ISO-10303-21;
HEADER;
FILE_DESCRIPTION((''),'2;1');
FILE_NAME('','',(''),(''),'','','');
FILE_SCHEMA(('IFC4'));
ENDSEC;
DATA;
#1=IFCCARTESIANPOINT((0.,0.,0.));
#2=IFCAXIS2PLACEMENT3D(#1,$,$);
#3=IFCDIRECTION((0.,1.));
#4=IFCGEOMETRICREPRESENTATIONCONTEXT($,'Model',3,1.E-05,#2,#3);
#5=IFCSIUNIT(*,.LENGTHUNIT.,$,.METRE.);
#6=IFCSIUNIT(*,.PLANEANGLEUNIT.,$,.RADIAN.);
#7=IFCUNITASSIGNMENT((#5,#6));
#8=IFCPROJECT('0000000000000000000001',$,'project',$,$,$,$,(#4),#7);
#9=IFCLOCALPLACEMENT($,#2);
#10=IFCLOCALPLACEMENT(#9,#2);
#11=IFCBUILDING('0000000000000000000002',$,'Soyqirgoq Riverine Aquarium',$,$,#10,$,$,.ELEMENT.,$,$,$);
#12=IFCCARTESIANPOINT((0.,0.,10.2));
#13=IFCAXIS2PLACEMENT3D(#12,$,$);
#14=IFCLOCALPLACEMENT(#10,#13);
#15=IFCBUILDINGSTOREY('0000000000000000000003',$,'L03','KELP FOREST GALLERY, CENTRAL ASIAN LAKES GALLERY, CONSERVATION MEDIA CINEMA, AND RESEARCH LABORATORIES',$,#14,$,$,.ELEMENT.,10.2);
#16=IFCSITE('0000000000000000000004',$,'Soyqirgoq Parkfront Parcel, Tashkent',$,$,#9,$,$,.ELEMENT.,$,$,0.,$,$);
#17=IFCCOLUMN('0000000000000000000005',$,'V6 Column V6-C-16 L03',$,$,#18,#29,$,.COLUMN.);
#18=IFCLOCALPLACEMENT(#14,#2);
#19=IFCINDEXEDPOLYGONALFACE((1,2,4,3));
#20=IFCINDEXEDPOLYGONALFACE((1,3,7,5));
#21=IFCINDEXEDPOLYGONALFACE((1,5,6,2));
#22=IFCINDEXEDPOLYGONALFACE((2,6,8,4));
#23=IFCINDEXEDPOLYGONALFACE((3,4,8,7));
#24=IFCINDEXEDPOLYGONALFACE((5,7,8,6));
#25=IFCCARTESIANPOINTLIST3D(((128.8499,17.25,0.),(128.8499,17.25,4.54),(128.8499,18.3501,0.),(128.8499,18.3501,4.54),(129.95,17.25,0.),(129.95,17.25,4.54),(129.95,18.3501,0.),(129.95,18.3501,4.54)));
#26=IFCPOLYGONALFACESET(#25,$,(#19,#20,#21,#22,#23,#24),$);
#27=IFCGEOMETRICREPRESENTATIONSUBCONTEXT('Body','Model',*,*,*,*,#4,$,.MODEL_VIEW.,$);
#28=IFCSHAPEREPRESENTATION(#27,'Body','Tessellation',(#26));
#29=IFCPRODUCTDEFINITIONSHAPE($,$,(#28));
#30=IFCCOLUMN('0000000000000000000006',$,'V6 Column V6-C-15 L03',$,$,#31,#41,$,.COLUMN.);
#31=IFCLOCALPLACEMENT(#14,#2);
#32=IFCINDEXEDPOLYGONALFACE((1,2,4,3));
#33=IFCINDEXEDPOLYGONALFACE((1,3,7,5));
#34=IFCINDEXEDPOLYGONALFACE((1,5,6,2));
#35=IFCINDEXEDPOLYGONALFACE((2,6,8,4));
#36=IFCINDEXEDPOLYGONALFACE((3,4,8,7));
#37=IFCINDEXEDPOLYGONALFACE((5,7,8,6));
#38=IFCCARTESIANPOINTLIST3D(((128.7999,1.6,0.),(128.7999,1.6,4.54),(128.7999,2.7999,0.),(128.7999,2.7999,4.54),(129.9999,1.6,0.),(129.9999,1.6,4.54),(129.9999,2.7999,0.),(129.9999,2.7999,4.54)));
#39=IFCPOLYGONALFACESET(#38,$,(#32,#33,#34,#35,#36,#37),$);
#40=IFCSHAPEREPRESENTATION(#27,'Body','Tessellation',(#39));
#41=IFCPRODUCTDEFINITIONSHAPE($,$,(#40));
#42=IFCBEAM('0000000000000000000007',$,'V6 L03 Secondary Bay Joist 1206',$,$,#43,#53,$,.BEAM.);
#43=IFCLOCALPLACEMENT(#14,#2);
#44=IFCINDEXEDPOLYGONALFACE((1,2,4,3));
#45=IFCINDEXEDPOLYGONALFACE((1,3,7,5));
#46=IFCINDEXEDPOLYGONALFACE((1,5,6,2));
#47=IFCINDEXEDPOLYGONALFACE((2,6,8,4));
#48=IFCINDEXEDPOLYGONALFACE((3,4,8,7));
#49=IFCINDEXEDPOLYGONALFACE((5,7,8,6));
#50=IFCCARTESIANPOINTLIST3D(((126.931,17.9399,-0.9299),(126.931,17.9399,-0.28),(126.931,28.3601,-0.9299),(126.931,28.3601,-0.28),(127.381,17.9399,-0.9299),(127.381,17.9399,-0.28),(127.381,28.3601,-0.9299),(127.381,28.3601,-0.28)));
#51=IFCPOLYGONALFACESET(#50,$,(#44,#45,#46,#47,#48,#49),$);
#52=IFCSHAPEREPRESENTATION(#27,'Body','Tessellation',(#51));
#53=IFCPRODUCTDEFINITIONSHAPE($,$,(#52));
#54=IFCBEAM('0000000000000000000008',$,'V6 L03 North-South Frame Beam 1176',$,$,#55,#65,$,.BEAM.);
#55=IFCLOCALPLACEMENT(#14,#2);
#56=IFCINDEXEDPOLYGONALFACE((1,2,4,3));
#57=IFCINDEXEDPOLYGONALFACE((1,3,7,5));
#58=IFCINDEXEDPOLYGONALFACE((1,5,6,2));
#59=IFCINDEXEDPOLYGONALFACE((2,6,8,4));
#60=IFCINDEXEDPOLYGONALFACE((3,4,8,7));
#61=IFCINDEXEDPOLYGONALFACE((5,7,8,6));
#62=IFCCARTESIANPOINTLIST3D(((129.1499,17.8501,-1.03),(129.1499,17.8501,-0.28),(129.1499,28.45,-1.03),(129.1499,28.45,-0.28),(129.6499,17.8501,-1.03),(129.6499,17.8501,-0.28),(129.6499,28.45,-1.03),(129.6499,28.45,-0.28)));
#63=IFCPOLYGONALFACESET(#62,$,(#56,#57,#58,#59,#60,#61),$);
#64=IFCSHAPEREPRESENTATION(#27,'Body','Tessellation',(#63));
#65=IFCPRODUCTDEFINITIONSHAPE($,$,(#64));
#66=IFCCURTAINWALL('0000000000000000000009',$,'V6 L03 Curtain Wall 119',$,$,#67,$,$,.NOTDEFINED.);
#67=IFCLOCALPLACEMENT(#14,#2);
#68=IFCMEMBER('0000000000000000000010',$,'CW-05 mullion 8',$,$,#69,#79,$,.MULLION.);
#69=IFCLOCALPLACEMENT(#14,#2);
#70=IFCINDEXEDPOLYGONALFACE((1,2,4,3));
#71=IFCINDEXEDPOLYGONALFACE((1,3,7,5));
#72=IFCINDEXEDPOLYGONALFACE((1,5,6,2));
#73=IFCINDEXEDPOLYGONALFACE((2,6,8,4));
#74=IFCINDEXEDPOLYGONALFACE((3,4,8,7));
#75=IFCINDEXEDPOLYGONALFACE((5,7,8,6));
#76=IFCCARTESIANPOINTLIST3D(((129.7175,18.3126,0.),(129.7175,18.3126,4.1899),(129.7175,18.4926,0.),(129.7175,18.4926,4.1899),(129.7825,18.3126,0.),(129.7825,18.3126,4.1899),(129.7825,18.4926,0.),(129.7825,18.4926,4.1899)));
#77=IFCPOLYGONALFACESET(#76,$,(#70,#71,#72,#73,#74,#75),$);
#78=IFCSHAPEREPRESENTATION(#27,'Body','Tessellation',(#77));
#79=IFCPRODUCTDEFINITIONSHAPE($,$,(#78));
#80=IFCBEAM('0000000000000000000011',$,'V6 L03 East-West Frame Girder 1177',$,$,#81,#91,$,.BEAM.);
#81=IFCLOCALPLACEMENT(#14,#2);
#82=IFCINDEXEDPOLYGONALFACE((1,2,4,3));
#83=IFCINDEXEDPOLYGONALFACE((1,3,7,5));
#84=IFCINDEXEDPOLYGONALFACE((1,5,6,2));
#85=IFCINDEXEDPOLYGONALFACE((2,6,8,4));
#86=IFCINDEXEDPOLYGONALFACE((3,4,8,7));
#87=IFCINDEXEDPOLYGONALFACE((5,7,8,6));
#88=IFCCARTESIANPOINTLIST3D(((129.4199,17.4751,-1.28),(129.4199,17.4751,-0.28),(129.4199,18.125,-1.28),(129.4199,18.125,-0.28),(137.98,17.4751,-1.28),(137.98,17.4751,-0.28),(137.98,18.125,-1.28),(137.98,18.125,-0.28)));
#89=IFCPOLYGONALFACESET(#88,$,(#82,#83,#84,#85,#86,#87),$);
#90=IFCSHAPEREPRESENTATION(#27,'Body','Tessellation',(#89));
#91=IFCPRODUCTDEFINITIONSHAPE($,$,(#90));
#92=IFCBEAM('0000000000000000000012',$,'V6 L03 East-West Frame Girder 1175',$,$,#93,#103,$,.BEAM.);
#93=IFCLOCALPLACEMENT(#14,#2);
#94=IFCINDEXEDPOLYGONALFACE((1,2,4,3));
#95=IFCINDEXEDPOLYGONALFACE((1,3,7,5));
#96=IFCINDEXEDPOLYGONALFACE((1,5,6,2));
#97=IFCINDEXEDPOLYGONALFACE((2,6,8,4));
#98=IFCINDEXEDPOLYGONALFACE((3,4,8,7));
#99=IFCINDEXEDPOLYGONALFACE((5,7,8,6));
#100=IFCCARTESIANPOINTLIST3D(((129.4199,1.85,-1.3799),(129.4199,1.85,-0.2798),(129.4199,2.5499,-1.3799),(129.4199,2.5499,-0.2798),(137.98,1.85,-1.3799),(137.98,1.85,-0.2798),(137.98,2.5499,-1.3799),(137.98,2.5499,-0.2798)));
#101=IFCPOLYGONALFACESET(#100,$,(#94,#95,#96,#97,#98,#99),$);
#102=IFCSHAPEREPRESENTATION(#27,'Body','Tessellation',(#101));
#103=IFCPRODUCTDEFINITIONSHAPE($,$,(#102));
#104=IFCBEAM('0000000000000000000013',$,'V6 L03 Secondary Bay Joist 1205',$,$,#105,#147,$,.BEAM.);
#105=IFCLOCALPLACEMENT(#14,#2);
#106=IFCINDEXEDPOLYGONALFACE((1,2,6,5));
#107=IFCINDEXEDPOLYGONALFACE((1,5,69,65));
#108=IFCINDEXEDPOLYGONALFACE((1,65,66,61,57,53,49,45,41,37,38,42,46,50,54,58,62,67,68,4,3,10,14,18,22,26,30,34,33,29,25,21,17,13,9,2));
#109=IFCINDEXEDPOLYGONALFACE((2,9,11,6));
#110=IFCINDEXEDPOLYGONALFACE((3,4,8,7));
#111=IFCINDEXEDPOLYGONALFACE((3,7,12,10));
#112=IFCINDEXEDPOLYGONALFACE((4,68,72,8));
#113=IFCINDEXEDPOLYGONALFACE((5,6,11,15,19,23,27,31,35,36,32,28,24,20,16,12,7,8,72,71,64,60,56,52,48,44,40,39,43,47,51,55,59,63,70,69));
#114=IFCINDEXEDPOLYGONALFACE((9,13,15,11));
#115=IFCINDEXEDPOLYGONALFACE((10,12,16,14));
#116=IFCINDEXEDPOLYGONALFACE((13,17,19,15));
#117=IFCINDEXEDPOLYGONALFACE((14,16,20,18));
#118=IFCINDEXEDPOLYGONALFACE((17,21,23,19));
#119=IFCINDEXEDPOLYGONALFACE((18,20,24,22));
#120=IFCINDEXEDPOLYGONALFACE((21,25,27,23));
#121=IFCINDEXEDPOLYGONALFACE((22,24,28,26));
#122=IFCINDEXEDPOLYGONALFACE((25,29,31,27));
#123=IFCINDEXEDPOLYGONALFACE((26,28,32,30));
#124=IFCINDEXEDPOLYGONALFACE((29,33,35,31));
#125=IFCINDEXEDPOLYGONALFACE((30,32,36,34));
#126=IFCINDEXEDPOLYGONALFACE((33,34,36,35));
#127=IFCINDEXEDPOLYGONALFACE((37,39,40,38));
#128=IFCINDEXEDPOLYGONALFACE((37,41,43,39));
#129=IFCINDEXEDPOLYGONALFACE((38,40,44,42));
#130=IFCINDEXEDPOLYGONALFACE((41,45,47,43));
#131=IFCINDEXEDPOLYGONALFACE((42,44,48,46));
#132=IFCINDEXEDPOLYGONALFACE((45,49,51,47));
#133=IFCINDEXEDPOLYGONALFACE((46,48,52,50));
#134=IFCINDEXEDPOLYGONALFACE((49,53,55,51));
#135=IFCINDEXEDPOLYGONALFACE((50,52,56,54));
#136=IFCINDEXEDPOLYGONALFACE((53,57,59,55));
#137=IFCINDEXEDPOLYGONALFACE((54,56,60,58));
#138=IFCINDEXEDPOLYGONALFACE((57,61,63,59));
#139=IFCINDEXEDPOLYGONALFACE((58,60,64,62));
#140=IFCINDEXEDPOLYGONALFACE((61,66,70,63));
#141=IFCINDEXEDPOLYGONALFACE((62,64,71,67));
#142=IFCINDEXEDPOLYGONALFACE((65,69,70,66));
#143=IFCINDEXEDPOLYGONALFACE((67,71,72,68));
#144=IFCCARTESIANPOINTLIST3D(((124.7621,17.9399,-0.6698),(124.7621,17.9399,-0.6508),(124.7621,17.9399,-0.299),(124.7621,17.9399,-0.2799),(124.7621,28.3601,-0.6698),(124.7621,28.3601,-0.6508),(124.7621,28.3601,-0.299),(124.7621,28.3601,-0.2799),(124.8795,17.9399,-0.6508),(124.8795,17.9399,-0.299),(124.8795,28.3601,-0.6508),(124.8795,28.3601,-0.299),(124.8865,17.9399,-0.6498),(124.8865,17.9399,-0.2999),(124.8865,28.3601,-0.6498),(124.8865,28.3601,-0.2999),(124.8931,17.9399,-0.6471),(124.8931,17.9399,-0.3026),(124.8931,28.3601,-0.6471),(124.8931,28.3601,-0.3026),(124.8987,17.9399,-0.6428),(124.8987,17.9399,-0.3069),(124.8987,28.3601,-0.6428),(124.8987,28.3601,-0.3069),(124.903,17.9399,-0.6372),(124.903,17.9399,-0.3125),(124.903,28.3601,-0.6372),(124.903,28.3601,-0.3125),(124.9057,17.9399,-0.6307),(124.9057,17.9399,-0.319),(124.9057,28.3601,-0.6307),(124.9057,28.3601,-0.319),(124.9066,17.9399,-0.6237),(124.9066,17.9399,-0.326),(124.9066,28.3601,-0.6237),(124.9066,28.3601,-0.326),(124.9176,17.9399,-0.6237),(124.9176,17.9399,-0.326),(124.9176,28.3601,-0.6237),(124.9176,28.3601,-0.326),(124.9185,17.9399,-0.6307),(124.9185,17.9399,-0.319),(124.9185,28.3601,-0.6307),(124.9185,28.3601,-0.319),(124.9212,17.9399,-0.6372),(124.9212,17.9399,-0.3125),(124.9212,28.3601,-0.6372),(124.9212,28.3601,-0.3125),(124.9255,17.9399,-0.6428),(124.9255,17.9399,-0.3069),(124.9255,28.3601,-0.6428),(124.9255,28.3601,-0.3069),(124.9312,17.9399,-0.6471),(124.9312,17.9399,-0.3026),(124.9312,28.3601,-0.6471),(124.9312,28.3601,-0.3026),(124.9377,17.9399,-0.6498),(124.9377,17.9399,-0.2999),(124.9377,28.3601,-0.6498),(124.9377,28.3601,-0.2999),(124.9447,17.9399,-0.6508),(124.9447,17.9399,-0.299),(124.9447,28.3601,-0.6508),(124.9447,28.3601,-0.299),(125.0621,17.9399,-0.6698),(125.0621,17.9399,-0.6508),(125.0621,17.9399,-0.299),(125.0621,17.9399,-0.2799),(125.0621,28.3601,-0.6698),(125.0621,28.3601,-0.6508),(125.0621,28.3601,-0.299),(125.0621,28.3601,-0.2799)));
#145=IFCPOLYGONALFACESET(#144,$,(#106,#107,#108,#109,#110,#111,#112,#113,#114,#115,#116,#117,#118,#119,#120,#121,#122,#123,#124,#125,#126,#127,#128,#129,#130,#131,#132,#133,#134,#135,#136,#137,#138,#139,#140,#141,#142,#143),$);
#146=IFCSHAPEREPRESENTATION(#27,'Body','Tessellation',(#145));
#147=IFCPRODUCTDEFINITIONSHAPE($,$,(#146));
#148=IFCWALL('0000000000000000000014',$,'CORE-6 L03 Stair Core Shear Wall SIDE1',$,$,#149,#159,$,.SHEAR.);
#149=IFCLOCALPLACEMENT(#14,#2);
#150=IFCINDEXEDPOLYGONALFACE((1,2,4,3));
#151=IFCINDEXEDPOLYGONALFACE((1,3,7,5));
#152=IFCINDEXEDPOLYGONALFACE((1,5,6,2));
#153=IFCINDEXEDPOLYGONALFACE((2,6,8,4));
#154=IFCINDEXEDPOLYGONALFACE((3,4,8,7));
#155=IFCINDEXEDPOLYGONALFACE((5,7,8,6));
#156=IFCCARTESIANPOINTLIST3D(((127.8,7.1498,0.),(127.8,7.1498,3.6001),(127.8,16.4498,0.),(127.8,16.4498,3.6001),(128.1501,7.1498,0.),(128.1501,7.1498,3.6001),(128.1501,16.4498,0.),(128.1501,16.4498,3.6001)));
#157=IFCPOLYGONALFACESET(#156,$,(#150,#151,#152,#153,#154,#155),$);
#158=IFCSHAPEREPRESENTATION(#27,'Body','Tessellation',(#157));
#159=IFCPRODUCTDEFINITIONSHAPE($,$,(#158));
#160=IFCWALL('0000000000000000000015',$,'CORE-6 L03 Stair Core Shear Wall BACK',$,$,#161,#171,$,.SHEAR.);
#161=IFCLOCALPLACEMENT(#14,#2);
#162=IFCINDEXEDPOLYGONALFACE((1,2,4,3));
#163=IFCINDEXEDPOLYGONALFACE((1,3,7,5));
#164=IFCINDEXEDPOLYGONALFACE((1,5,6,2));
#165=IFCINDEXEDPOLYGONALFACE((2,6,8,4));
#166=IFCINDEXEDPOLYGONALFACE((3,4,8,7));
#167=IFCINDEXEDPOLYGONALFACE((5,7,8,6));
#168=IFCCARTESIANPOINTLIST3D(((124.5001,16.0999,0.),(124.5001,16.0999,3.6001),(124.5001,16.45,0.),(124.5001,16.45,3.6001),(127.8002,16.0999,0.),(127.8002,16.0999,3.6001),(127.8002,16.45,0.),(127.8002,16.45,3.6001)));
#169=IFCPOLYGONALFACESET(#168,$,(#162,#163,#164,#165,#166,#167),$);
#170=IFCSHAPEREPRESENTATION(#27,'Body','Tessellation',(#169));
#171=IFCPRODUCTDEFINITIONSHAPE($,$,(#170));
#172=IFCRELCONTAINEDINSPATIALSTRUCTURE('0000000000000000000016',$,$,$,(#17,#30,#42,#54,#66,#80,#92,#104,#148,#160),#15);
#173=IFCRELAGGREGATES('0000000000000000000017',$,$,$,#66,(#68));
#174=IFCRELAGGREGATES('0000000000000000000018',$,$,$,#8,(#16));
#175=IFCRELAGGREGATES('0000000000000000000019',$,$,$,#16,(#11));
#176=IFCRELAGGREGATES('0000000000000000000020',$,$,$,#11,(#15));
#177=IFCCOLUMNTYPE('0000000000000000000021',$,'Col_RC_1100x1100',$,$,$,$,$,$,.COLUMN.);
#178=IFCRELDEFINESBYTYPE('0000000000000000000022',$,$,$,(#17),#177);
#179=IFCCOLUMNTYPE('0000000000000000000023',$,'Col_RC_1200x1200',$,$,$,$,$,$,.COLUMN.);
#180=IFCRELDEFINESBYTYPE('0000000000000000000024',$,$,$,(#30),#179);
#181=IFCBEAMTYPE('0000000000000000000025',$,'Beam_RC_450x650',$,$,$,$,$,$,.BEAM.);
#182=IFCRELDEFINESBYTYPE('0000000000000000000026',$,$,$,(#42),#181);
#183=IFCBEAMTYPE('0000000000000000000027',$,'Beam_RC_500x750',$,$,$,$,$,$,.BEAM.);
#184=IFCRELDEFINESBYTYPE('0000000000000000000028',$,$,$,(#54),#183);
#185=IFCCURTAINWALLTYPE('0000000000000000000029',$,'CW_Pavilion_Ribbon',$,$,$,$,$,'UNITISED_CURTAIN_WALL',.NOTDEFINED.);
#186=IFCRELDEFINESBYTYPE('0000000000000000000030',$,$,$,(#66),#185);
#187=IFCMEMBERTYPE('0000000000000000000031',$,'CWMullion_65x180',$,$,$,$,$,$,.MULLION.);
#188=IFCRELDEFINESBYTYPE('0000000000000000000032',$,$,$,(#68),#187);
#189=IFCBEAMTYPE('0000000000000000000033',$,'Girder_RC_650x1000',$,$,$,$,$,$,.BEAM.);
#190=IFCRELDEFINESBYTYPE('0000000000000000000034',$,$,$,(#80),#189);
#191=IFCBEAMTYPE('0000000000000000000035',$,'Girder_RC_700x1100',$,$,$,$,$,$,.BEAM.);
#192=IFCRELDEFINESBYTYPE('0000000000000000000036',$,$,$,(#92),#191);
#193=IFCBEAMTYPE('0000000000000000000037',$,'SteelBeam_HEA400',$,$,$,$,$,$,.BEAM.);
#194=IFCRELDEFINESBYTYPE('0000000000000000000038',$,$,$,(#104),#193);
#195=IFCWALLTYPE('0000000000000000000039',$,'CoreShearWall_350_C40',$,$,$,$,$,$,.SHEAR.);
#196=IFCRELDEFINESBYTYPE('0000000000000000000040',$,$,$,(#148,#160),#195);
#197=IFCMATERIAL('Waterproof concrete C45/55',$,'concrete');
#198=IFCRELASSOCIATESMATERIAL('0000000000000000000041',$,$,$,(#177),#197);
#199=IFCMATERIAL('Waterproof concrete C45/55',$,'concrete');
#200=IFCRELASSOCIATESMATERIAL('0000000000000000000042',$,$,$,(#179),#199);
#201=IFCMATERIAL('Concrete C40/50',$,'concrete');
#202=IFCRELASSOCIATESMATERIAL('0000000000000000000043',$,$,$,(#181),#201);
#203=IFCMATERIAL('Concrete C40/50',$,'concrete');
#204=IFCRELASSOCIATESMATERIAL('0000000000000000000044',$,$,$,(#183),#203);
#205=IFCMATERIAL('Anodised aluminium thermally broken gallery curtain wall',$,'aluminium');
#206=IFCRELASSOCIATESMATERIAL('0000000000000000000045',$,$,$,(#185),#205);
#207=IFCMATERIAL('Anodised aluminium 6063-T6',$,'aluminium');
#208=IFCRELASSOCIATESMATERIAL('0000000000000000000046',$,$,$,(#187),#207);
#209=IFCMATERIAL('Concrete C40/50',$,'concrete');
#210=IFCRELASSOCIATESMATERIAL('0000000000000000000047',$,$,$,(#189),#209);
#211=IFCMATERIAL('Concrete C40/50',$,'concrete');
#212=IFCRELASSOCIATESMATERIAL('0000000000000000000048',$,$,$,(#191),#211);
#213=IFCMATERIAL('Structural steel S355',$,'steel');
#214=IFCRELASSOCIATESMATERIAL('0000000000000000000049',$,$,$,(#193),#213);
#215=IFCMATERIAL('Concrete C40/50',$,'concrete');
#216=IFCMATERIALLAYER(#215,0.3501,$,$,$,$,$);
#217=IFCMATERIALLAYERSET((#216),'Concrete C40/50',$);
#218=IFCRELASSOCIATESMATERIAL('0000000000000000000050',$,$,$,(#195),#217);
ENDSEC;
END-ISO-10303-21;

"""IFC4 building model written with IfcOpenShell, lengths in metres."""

from ifc_helpers import new_model, si_unit, direction, frame, frame_2d, origin, origin_2d, place, context, subcontext, project, spatial, rectangle, i_section, extrude, material, layer, layer_set, material_profile, profile_set, type_object, element, aggregate, save


model = new_model("IFC4")

# Units and contexts
model_context = context("Model", 3, precision=1e-05, world=origin(), true_north=direction((0.0, 1.0)))
body_context = subcontext(model_context, "Body", "Model", "MODEL_VIEW")
ifc_project = project(units=[si_unit("LENGTHUNIT", "METRE"), si_unit("PLANEANGLEUNIT", "RADIAN")], contexts=[model_context])

# Site, building, storey
site_placement = place(None, origin())
site = spatial("IfcSite", under=ifc_project, at=site_placement, Name="Soyqirgoq Parkfront Parcel, Tashkent", CompositionType="ELEMENT", RefElevation=0.0)
building_placement = place(site_placement, origin())
building = spatial("IfcBuilding", under=site, at=building_placement, Name="Soyqirgoq Riverine Aquarium", CompositionType="ELEMENT")
storey_placement = place(building_placement, frame((0.0, 0.0, 10.2)))
storey = spatial("IfcBuildingStorey", under=building, at=storey_placement, Name="L03", Description="KELP FOREST GALLERY, CENTRAL ASIAN LAKES GALLERY, CONSERVATION MEDIA CINEMA, AND RESEARCH LABORATORIES", CompositionType="ELEMENT", Elevation=10.2)

# Columns
ifc_material_1 = material(Name="Waterproof concrete C45/55", Category="concrete")
ifc_material_profile_1 = material_profile(ifc_material_1, rectangle(XDim=1.1001, YDim=1.1001, at=origin_2d()), Name="RC 1100x1100")
ifc_profile_set_1 = profile_set([ifc_material_profile_1], Name="Waterproof concrete C45/55")
column_type_1 = type_object("IfcColumnType", Name="Col_RC_1100x1100", PredefinedType="COLUMN", material=ifc_profile_set_1)
column_1_placement = place(storey_placement, frame((129.3999, 17.8, 0.0), z_axis=(0.0, 0.0, 1.0), x_axis=(1.0, 0.0, 0.0)))
element("IfcColumn", 1, at=column_1_placement, inside=storey, type_object=column_type_1, Name="V6 Column V6-C-16 L03", PredefinedType="COLUMN", context=body_context, shape_type="SweptSolid", body=[
    extrude(rectangle(XDim=1.1001, YDim=1.1001, at=origin_2d()), origin(), (0.0, 0.0, 1.0), 4.54),
])
ifc_material_2 = material(Name="Waterproof concrete C45/55", Category="concrete")
ifc_material_profile_2 = material_profile(ifc_material_2, rectangle(XDim=1.2, YDim=1.2, at=origin_2d()), Name="RC 1200x1200")
ifc_profile_set_2 = profile_set([ifc_material_profile_2], Name="Waterproof concrete C45/55")
column_type_2 = type_object("IfcColumnType", Name="Col_RC_1200x1200", PredefinedType="COLUMN", material=ifc_profile_set_2)
column_2_placement = place(storey_placement, frame((129.3999, 2.2, 0.0), z_axis=(0.0, 0.0, 1.0), x_axis=(1.0, 0.0, 0.0)))
element("IfcColumn", 2, at=column_2_placement, inside=storey, type_object=column_type_2, Name="V6 Column V6-C-15 L03", PredefinedType="COLUMN", context=body_context, shape_type="SweptSolid", body=[
    extrude(rectangle(XDim=1.2, YDim=1.2, at=origin_2d()), origin(), (0.0, 0.0, 1.0), 4.54),
])

# Beams
ifc_material_3 = material(Name="Concrete C40/50", Category="concrete")
ifc_material_profile_3 = material_profile(ifc_material_3, rectangle(XDim=0.45, YDim=0.6499, at=origin_2d()), Name="RC 450x650")
ifc_profile_set_3 = profile_set([ifc_material_profile_3], Name="Concrete C40/50")
beam_type_1 = type_object("IfcBeamType", Name="Beam_RC_450x650", PredefinedType="BEAM", material=ifc_profile_set_3)
beam_1_placement = place(storey_placement, frame((127.156, 17.9399, -0.605), z_axis=(0.0, 1.0, 0.0), x_axis=(-1.0, 0.0, 0.0)))
element("IfcBeam", 3, at=beam_1_placement, inside=storey, type_object=beam_type_1, Name="V6 L03 Secondary Bay Joist 1206", PredefinedType="BEAM", context=body_context, shape_type="SweptSolid", body=[
    extrude(rectangle(XDim=0.45, YDim=0.6499, at=origin_2d()), origin(), (0.0, 0.0, 1.0), 10.4202),
])
ifc_material_4 = material(Name="Concrete C40/50", Category="concrete")
ifc_material_profile_4 = material_profile(ifc_material_4, rectangle(XDim=0.5, YDim=0.75, at=origin_2d()), Name="RC 500x750")
ifc_profile_set_4 = profile_set([ifc_material_profile_4], Name="Concrete C40/50")
beam_type_2 = type_object("IfcBeamType", Name="Beam_RC_500x750", PredefinedType="BEAM", material=ifc_profile_set_4)
beam_2_placement = place(storey_placement, frame((129.3999, 17.8501, -0.655), z_axis=(0.0, 1.0, 0.0), x_axis=(-1.0, 0.0, 0.0)))
element("IfcBeam", 4, at=beam_2_placement, inside=storey, type_object=beam_type_2, Name="V6 L03 North-South Frame Beam 1176", PredefinedType="BEAM", context=body_context, shape_type="SweptSolid", body=[
    extrude(rectangle(XDim=0.5, YDim=0.75, at=origin_2d()), origin(), (0.0, 0.0, 1.0), 10.5999),
])

# Curtain wall, member
ifc_material_5 = material(Name="Anodised aluminium thermally broken gallery curtain wall", Category="aluminium")
curtain_wall_type = type_object("IfcCurtainWallType", Name="CW_Pavilion_Ribbon", ElementType="UNITISED_CURTAIN_WALL", PredefinedType="NOTDEFINED", material=ifc_material_5)
curtain_wall_placement = place(storey_placement, origin())
curtain_wall = element("IfcCurtainWall", 5, at=curtain_wall_placement, inside=storey, type_object=curtain_wall_type, Name="V6 L03 Curtain Wall 119", PredefinedType="NOTDEFINED")
ifc_material_6 = material(Name="Anodised aluminium 6063-T6", Category="aluminium")
ifc_material_profile_5 = material_profile(ifc_material_6, rectangle(XDim=0.0649, YDim=0.1799, at=origin_2d()), Name="ALU-M 65x180")
ifc_profile_set_5 = profile_set([ifc_material_profile_5], Name="Anodised aluminium 6063-T6")
member_type = type_object("IfcMemberType", Name="CWMullion_65x180", PredefinedType="MULLION", material=ifc_profile_set_5)
member_placement = place(storey_placement, frame((129.75, 18.4026, 0.0), z_axis=(0.0, 0.0, 1.0), x_axis=(1.0, 0.0, 0.0)))
member = element("IfcMember", 6, at=member_placement, type_object=member_type, Name="CW-05 mullion 8", PredefinedType="MULLION", context=body_context, shape_type="SweptSolid", body=[
    extrude(rectangle(XDim=0.0649, YDim=0.1799, at=origin_2d()), origin(), (0.0, 0.0, 1.0), 4.1899),
])
aggregate(curtain_wall, [member])

# Beams
ifc_material_7 = material(Name="Concrete C40/50", Category="concrete")
ifc_material_profile_6 = material_profile(ifc_material_7, rectangle(XDim=0.6499, YDim=1.0, at=origin_2d()), Name="RC 650x1000")
ifc_profile_set_6 = profile_set([ifc_material_profile_6], Name="Concrete C40/50")
beam_type_3 = type_object("IfcBeamType", Name="Girder_RC_650x1000", PredefinedType="BEAM", material=ifc_profile_set_6)
beam_3_placement = place(storey_placement, frame((129.4199, 17.8, -0.78), z_axis=(1.0, 0.0, 0.0), x_axis=(0.0, 1.0, 0.0)))
element("IfcBeam", 7, at=beam_3_placement, inside=storey, type_object=beam_type_3, Name="V6 L03 East-West Frame Girder 1177", PredefinedType="BEAM", context=body_context, shape_type="SweptSolid", body=[
    extrude(rectangle(XDim=0.6499, YDim=1.0, at=origin_2d()), origin(), (0.0, 0.0, 1.0), 8.5601),
])
ifc_material_8 = material(Name="Concrete C40/50", Category="concrete")
ifc_material_profile_7 = material_profile(ifc_material_8, rectangle(XDim=0.7, YDim=1.1001, at=origin_2d()), Name="RC 700x1100")
ifc_profile_set_7 = profile_set([ifc_material_profile_7], Name="Concrete C40/50")
beam_type_4 = type_object("IfcBeamType", Name="Girder_RC_700x1100", PredefinedType="BEAM", material=ifc_profile_set_7)
beam_4_placement = place(storey_placement, frame((129.4199, 2.2, -0.8298), z_axis=(1.0, 0.0, 0.0), x_axis=(0.0, 1.0, 0.0)))
element("IfcBeam", 8, at=beam_4_placement, inside=storey, type_object=beam_type_4, Name="V6 L03 East-West Frame Girder 1175", PredefinedType="BEAM", context=body_context, shape_type="SweptSolid", body=[
    extrude(rectangle(XDim=0.7, YDim=1.1001, at=origin_2d()), origin(), (0.0, 0.0, 1.0), 8.5601),
])
ifc_material_9 = material(Name="Structural steel S355", Category="steel")
ifc_material_profile_8 = material_profile(ifc_material_9, i_section(OverallWidth=0.3, OverallDepth=0.3899, WebThickness=0.011, FlangeThickness=0.019, FilletRadius=0.0271, at=origin_2d()), Name="HEA 400")
ifc_profile_set_8 = profile_set([ifc_material_profile_8], Name="Structural steel S355")
beam_type_5 = type_object("IfcBeamType", Name="SteelBeam_HEA400", PredefinedType="BEAM", material=ifc_profile_set_8)
beam_5_placement = place(storey_placement, frame((124.9121, 17.9399, -0.4749), z_axis=(0.0, 1.0, 0.0), x_axis=(-1.0, 0.0, 0.0)))
element("IfcBeam", 9, at=beam_5_placement, inside=storey, type_object=beam_type_5, Name="V6 L03 Secondary Bay Joist 1205", PredefinedType="BEAM", context=body_context, shape_type="SweptSolid", body=[
    extrude(i_section(OverallWidth=0.3, OverallDepth=0.3899, WebThickness=0.011, FlangeThickness=0.019, FilletRadius=0.0271, at=origin_2d()), origin(), (0.0, 0.0, 1.0), 10.4202),
])

# Walls
ifc_material_10 = material(Name="Concrete C40/50", Category="concrete")
ifc_layer_1 = layer(ifc_material_10, 0.3501)
ifc_layer_set_1 = layer_set([ifc_layer_1], Name="Concrete C40/50")
wall_type_1 = type_object("IfcWallType", Name="CoreShearWall_350_C40", PredefinedType="SHEAR", material=ifc_layer_set_1)
wall_1_placement = place(storey_placement, frame((127.9751, 7.1499, 0.0), z_axis=(0.0, 0.0, 1.0), x_axis=(0.0, 1.0, 0.0)))
element("IfcWall", 10, at=wall_1_placement, inside=storey, type_object=wall_type_1, Name="CORE-6 L03 Stair Core Shear Wall SIDE1", PredefinedType="SHEAR", context=body_context, shape_type="SweptSolid", body=[
    extrude(rectangle(XDim=9.3, YDim=0.3501, at=frame_2d((4.6499, 0.0))), origin(), (0.0, 0.0, 1.0), 3.6001),
])
wall_2_placement = place(storey_placement, frame((127.8, 16.2749, 0.0), z_axis=(0.0, 0.0, 1.0), x_axis=(-1.0, 0.0, 0.0)))
element("IfcWall", 11, at=wall_2_placement, inside=storey, type_object=wall_type_1, Name="CORE-6 L03 Stair Core Shear Wall BACK", PredefinedType="SHEAR", context=body_context, shape_type="SweptSolid", body=[
    extrude(rectangle(XDim=3.3, YDim=0.3501, at=frame_2d((1.6499, 0.0))), origin(), (0.0, 0.0, 1.0), 3.6001),
])

save(model, "model.ifc")
